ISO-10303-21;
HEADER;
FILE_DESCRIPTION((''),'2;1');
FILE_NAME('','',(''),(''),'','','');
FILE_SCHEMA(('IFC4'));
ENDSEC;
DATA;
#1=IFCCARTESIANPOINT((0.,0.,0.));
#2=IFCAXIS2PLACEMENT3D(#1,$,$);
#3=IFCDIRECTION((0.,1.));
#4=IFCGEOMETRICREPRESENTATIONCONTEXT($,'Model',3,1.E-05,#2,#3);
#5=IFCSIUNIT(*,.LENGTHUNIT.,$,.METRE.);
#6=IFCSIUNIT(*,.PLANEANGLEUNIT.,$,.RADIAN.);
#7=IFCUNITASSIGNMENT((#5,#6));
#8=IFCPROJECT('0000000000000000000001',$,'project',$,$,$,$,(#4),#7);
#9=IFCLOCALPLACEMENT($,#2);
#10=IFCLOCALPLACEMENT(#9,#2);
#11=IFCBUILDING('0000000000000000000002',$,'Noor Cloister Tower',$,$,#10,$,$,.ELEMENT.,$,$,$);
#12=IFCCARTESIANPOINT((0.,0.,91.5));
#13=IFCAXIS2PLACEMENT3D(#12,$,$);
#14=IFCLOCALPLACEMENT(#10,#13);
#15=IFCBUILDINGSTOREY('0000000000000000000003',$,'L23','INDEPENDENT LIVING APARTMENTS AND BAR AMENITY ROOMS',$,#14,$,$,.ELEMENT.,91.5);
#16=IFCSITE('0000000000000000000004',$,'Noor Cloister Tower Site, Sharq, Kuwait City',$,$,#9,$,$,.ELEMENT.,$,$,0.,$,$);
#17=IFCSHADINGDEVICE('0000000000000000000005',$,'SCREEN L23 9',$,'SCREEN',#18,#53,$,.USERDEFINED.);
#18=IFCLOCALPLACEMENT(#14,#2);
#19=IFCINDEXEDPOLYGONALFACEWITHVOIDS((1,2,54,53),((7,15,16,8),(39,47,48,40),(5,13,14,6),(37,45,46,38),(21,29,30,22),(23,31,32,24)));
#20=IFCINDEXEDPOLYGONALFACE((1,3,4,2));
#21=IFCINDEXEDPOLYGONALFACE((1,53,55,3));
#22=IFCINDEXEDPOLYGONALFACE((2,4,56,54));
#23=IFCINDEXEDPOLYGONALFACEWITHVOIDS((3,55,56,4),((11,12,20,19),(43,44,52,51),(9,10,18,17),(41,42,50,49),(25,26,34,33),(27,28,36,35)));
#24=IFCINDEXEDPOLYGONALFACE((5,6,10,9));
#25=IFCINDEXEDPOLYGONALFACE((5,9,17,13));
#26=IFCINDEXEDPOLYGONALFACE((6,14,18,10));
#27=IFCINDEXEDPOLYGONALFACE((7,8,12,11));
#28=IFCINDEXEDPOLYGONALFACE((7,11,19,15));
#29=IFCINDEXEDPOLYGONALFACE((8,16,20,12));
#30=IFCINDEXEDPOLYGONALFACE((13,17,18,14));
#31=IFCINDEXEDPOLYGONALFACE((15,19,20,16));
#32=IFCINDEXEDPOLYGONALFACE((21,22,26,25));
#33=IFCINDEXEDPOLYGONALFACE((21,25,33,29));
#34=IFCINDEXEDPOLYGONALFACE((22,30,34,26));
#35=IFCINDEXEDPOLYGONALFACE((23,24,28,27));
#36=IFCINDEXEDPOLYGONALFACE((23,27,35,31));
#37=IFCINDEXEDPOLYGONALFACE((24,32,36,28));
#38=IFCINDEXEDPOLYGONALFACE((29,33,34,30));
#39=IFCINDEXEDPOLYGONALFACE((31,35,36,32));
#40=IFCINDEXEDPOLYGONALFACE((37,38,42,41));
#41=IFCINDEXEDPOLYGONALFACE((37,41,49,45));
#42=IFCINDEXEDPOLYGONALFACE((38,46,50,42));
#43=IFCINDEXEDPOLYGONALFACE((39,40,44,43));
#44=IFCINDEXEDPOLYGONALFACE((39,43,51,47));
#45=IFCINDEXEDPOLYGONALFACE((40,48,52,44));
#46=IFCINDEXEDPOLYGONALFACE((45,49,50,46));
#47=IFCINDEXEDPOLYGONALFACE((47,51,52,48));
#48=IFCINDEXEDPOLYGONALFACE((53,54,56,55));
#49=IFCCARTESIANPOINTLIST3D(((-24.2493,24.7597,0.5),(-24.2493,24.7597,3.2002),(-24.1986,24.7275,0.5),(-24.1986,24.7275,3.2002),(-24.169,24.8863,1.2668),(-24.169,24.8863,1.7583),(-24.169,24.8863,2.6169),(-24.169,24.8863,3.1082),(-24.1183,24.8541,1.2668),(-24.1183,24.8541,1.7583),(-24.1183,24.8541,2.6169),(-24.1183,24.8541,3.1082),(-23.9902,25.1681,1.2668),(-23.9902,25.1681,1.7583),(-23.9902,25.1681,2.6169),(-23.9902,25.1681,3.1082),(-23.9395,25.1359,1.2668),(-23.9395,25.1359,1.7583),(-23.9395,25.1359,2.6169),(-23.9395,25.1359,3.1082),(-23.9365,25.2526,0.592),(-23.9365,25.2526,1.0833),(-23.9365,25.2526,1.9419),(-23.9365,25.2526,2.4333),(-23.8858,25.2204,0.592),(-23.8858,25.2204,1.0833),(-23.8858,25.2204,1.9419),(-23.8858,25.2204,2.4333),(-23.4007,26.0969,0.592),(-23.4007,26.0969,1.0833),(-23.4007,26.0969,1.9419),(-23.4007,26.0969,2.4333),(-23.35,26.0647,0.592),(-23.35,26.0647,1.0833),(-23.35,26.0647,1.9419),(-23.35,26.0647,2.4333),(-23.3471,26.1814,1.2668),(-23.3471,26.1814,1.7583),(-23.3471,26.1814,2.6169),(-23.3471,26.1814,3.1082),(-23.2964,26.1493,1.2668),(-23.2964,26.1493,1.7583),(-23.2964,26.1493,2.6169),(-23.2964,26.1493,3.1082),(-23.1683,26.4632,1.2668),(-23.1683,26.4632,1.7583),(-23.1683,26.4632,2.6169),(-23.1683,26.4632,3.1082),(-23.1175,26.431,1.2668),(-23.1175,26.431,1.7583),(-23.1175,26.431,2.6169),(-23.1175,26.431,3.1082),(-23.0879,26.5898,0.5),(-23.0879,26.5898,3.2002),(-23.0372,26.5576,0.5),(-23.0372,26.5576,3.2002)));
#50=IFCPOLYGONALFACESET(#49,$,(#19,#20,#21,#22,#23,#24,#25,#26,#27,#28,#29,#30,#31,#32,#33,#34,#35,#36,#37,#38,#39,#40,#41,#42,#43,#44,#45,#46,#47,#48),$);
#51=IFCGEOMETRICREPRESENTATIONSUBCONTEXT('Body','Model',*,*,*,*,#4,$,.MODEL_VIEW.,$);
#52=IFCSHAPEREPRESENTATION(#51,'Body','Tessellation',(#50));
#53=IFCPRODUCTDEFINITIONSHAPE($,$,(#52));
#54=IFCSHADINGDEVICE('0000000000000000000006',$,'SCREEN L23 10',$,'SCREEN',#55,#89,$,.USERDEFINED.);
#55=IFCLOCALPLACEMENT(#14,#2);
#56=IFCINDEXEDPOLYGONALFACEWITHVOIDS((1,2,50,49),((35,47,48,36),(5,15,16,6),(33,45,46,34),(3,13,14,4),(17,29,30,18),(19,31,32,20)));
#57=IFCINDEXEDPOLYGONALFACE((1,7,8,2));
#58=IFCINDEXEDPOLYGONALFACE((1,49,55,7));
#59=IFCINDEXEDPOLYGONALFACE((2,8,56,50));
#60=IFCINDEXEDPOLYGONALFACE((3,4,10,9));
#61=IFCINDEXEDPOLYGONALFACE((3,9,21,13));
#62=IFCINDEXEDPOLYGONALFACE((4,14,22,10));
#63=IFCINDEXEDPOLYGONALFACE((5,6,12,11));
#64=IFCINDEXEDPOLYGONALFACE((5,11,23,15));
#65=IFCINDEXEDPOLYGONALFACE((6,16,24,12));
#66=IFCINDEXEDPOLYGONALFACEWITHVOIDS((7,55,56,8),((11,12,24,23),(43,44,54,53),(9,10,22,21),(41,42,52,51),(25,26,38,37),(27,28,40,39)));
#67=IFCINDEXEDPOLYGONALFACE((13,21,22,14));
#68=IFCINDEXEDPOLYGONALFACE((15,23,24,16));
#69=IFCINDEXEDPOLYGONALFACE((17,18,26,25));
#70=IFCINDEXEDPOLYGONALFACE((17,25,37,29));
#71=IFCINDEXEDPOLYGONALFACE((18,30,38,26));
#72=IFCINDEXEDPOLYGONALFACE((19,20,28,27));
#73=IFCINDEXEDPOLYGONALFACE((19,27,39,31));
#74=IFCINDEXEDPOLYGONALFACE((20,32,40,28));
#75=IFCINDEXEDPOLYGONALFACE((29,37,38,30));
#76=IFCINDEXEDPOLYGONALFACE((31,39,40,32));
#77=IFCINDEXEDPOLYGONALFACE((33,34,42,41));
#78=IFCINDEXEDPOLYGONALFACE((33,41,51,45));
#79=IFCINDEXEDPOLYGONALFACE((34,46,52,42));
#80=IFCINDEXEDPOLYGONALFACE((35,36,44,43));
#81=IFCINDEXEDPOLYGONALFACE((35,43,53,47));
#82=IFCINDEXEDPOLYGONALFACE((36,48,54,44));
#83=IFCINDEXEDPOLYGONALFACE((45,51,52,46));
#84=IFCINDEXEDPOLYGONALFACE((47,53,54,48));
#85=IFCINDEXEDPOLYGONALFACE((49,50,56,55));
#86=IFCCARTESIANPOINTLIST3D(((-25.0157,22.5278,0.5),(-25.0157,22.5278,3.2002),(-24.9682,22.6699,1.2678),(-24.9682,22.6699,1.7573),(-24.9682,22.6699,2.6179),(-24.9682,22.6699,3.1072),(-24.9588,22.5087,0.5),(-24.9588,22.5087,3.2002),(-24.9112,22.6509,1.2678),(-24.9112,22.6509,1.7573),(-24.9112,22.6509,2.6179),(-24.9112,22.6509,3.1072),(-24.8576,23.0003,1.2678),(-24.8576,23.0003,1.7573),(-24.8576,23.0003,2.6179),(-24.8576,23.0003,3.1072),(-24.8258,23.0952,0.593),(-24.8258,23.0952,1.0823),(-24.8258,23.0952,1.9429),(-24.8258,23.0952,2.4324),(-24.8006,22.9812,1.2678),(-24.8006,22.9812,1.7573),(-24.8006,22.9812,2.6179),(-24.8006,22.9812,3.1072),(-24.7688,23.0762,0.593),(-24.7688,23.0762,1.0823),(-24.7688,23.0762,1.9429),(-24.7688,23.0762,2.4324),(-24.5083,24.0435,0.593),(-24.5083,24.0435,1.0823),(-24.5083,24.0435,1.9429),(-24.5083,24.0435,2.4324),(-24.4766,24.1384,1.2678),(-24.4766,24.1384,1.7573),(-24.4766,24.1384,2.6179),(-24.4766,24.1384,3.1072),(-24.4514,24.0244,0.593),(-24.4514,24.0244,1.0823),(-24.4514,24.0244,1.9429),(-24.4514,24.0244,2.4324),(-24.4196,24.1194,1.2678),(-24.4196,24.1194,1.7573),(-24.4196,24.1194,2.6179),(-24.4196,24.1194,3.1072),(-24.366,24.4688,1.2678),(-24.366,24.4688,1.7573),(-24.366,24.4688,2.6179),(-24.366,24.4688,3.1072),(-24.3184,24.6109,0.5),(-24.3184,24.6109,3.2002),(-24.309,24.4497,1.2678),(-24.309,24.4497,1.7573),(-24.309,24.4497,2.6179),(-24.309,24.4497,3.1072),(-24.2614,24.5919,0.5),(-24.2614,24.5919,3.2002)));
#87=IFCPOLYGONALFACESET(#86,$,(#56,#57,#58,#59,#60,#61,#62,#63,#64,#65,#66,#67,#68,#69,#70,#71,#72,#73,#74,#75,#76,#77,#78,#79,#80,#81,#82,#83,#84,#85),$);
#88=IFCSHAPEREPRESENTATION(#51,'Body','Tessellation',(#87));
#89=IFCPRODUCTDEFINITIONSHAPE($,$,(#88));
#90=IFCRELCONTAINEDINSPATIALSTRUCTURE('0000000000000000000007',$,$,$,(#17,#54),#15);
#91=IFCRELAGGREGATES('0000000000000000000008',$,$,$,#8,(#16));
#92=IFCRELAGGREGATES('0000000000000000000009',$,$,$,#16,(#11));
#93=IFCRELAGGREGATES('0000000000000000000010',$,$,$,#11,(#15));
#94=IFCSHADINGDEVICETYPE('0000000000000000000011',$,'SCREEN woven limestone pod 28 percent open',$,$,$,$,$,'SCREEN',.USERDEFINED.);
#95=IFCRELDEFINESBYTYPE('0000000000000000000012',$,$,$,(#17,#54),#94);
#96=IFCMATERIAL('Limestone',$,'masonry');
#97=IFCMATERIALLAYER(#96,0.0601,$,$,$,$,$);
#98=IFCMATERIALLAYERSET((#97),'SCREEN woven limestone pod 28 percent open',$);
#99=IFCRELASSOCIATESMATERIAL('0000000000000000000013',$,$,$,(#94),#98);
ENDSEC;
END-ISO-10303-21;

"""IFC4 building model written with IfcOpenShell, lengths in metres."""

from ifc_helpers import new_model, si_unit, direction, frame, origin, place, context, subcontext, project, spatial, polyline, outline, extrude, material, layer, layer_set, type_object, element, save


model = new_model("IFC4")

# Units and contexts
model_context = context("Model", 3, precision=1e-05, world=origin(), true_north=direction((0.0, 1.0)))
body_context = subcontext(model_context, "Body", "Model", "MODEL_VIEW")
ifc_project = project(units=[si_unit("LENGTHUNIT", "METRE"), si_unit("PLANEANGLEUNIT", "RADIAN")], contexts=[model_context])

# Site, building, storey
site_placement = place(None, origin())
site = spatial("IfcSite", under=ifc_project, at=site_placement, Name="Noor Cloister Tower Site, Sharq, Kuwait City", CompositionType="ELEMENT", RefElevation=0.0)
building_placement = place(site_placement, origin())
building = spatial("IfcBuilding", under=site, at=building_placement, Name="Noor Cloister Tower", CompositionType="ELEMENT")
storey_placement = place(building_placement, frame((0.0, 0.0, 91.5)))
storey = spatial("IfcBuildingStorey", under=building, at=storey_placement, Name="L23", Description="INDEPENDENT LIVING APARTMENTS AND BAR AMENITY ROOMS", CompositionType="ELEMENT", Elevation=91.5)

# Shading devices
ifc_material_1 = material(Name="Limestone", Category="masonry")
ifc_layer_1 = layer(ifc_material_1, 0.0601)
ifc_layer_set_1 = layer_set([ifc_layer_1], Name="SCREEN woven limestone pod 28 percent open")
shading_device_type = type_object("IfcShadingDeviceType", Name="SCREEN woven limestone pod 28 percent open", ElementType="SCREEN", PredefinedType="USERDEFINED", material=ifc_layer_set_1)
shading_device_1_placement = place(storey_placement, frame((-23.6179, 25.6426, 1.8501), z_axis=(-0.844329, 0.535824, 0.0), x_axis=(-0.535824, -0.844329, 0.0)))
element("IfcShadingDevice", 1, at=shading_device_1_placement, inside=storey, type_object=shading_device_type, Name="SCREEN L23 9", ObjectType="SCREEN", PredefinedType="USERDEFINED", context=body_context, shape_type="SweptSolid", body=[
    extrude(outline(polyline([(-1.0837, -1.3501), (1.0837, -1.3501), (1.0837, 1.3501), (-1.0837, 1.3501), (-1.0837, -1.3501)]), holes=[polyline([(-0.5, -1.2581), (0.5, -1.2581), (0.5, -0.7668), (-0.5, -0.7668), (-0.5, -1.2581)]), polyline([(0.6001, -0.5833), (0.9338, -0.5833), (0.9338, -0.0918), (0.6001, -0.0918), (0.6001, -0.5833)]), polyline([(-0.9338, -0.5833), (-0.6001, -0.5833), (-0.6001, -0.0918), (-0.9338, -0.0918), (-0.9338, -0.5833)]), polyline([(-0.5, 0.0918), (0.5, 0.0918), (0.5, 0.5833), (-0.5, 0.5833), (-0.5, 0.0918)]), polyline([(0.6001, 0.7668), (0.9338, 0.7668), (0.9338, 1.2581), (0.6001, 1.2581), (0.6001, 0.7668)]), polyline([(-0.9338, 0.7668), (-0.6001, 0.7668), (-0.6001, 1.2581), (-0.9338, 1.2581), (-0.9338, 0.7668)])]), origin(), (0.0, 0.0, 1.0), 0.0601),
])
shading_device_2_placement = place(storey_placement, frame((-24.6101, 23.5503, 1.8501), z_axis=(-0.948276, 0.317448, 0.0), x_axis=(-0.317448, -0.948276, 0.0)))
element("IfcShadingDevice", 2, at=shading_device_2_placement, inside=storey, type_object=shading_device_type, Name="SCREEN L23 10", ObjectType="SCREEN", PredefinedType="USERDEFINED", context=body_context, shape_type="SweptSolid", body=[
    extrude(outline(polyline([(-1.0984, -1.3501), (1.0984, -1.3501), (1.0984, 1.3501), (-1.0984, 1.3501), (-1.0984, -1.3501)]), holes=[polyline([(-0.5, -1.2571), (0.5, -1.2571), (0.5, -0.7678), (-0.5, -0.7678), (-0.5, -1.2571)]), polyline([(0.6001, -0.5823), (0.9485, -0.5823), (0.9485, -0.0928), (0.6001, -0.0928), (0.6001, -0.5823)]), polyline([(-0.9485, -0.5823), (-0.6001, -0.5823), (-0.6001, -0.0928), (-0.9485, -0.0928), (-0.9485, -0.5823)]), polyline([(-0.5, 0.0928), (0.5, 0.0928), (0.5, 0.5823), (-0.5, 0.5823), (-0.5, 0.0928)]), polyline([(0.6001, 0.7678), (0.9485, 0.7678), (0.9485, 1.2571), (0.6001, 1.2571), (0.6001, 0.7678)]), polyline([(-0.9485, 0.7678), (-0.6001, 0.7678), (-0.6001, 1.2571), (-0.9485, 1.2571), (-0.9485, 0.7678)])]), origin(), (0.0, 0.0, 1.0), 0.0601),
])

save(model, "model.ifc")
